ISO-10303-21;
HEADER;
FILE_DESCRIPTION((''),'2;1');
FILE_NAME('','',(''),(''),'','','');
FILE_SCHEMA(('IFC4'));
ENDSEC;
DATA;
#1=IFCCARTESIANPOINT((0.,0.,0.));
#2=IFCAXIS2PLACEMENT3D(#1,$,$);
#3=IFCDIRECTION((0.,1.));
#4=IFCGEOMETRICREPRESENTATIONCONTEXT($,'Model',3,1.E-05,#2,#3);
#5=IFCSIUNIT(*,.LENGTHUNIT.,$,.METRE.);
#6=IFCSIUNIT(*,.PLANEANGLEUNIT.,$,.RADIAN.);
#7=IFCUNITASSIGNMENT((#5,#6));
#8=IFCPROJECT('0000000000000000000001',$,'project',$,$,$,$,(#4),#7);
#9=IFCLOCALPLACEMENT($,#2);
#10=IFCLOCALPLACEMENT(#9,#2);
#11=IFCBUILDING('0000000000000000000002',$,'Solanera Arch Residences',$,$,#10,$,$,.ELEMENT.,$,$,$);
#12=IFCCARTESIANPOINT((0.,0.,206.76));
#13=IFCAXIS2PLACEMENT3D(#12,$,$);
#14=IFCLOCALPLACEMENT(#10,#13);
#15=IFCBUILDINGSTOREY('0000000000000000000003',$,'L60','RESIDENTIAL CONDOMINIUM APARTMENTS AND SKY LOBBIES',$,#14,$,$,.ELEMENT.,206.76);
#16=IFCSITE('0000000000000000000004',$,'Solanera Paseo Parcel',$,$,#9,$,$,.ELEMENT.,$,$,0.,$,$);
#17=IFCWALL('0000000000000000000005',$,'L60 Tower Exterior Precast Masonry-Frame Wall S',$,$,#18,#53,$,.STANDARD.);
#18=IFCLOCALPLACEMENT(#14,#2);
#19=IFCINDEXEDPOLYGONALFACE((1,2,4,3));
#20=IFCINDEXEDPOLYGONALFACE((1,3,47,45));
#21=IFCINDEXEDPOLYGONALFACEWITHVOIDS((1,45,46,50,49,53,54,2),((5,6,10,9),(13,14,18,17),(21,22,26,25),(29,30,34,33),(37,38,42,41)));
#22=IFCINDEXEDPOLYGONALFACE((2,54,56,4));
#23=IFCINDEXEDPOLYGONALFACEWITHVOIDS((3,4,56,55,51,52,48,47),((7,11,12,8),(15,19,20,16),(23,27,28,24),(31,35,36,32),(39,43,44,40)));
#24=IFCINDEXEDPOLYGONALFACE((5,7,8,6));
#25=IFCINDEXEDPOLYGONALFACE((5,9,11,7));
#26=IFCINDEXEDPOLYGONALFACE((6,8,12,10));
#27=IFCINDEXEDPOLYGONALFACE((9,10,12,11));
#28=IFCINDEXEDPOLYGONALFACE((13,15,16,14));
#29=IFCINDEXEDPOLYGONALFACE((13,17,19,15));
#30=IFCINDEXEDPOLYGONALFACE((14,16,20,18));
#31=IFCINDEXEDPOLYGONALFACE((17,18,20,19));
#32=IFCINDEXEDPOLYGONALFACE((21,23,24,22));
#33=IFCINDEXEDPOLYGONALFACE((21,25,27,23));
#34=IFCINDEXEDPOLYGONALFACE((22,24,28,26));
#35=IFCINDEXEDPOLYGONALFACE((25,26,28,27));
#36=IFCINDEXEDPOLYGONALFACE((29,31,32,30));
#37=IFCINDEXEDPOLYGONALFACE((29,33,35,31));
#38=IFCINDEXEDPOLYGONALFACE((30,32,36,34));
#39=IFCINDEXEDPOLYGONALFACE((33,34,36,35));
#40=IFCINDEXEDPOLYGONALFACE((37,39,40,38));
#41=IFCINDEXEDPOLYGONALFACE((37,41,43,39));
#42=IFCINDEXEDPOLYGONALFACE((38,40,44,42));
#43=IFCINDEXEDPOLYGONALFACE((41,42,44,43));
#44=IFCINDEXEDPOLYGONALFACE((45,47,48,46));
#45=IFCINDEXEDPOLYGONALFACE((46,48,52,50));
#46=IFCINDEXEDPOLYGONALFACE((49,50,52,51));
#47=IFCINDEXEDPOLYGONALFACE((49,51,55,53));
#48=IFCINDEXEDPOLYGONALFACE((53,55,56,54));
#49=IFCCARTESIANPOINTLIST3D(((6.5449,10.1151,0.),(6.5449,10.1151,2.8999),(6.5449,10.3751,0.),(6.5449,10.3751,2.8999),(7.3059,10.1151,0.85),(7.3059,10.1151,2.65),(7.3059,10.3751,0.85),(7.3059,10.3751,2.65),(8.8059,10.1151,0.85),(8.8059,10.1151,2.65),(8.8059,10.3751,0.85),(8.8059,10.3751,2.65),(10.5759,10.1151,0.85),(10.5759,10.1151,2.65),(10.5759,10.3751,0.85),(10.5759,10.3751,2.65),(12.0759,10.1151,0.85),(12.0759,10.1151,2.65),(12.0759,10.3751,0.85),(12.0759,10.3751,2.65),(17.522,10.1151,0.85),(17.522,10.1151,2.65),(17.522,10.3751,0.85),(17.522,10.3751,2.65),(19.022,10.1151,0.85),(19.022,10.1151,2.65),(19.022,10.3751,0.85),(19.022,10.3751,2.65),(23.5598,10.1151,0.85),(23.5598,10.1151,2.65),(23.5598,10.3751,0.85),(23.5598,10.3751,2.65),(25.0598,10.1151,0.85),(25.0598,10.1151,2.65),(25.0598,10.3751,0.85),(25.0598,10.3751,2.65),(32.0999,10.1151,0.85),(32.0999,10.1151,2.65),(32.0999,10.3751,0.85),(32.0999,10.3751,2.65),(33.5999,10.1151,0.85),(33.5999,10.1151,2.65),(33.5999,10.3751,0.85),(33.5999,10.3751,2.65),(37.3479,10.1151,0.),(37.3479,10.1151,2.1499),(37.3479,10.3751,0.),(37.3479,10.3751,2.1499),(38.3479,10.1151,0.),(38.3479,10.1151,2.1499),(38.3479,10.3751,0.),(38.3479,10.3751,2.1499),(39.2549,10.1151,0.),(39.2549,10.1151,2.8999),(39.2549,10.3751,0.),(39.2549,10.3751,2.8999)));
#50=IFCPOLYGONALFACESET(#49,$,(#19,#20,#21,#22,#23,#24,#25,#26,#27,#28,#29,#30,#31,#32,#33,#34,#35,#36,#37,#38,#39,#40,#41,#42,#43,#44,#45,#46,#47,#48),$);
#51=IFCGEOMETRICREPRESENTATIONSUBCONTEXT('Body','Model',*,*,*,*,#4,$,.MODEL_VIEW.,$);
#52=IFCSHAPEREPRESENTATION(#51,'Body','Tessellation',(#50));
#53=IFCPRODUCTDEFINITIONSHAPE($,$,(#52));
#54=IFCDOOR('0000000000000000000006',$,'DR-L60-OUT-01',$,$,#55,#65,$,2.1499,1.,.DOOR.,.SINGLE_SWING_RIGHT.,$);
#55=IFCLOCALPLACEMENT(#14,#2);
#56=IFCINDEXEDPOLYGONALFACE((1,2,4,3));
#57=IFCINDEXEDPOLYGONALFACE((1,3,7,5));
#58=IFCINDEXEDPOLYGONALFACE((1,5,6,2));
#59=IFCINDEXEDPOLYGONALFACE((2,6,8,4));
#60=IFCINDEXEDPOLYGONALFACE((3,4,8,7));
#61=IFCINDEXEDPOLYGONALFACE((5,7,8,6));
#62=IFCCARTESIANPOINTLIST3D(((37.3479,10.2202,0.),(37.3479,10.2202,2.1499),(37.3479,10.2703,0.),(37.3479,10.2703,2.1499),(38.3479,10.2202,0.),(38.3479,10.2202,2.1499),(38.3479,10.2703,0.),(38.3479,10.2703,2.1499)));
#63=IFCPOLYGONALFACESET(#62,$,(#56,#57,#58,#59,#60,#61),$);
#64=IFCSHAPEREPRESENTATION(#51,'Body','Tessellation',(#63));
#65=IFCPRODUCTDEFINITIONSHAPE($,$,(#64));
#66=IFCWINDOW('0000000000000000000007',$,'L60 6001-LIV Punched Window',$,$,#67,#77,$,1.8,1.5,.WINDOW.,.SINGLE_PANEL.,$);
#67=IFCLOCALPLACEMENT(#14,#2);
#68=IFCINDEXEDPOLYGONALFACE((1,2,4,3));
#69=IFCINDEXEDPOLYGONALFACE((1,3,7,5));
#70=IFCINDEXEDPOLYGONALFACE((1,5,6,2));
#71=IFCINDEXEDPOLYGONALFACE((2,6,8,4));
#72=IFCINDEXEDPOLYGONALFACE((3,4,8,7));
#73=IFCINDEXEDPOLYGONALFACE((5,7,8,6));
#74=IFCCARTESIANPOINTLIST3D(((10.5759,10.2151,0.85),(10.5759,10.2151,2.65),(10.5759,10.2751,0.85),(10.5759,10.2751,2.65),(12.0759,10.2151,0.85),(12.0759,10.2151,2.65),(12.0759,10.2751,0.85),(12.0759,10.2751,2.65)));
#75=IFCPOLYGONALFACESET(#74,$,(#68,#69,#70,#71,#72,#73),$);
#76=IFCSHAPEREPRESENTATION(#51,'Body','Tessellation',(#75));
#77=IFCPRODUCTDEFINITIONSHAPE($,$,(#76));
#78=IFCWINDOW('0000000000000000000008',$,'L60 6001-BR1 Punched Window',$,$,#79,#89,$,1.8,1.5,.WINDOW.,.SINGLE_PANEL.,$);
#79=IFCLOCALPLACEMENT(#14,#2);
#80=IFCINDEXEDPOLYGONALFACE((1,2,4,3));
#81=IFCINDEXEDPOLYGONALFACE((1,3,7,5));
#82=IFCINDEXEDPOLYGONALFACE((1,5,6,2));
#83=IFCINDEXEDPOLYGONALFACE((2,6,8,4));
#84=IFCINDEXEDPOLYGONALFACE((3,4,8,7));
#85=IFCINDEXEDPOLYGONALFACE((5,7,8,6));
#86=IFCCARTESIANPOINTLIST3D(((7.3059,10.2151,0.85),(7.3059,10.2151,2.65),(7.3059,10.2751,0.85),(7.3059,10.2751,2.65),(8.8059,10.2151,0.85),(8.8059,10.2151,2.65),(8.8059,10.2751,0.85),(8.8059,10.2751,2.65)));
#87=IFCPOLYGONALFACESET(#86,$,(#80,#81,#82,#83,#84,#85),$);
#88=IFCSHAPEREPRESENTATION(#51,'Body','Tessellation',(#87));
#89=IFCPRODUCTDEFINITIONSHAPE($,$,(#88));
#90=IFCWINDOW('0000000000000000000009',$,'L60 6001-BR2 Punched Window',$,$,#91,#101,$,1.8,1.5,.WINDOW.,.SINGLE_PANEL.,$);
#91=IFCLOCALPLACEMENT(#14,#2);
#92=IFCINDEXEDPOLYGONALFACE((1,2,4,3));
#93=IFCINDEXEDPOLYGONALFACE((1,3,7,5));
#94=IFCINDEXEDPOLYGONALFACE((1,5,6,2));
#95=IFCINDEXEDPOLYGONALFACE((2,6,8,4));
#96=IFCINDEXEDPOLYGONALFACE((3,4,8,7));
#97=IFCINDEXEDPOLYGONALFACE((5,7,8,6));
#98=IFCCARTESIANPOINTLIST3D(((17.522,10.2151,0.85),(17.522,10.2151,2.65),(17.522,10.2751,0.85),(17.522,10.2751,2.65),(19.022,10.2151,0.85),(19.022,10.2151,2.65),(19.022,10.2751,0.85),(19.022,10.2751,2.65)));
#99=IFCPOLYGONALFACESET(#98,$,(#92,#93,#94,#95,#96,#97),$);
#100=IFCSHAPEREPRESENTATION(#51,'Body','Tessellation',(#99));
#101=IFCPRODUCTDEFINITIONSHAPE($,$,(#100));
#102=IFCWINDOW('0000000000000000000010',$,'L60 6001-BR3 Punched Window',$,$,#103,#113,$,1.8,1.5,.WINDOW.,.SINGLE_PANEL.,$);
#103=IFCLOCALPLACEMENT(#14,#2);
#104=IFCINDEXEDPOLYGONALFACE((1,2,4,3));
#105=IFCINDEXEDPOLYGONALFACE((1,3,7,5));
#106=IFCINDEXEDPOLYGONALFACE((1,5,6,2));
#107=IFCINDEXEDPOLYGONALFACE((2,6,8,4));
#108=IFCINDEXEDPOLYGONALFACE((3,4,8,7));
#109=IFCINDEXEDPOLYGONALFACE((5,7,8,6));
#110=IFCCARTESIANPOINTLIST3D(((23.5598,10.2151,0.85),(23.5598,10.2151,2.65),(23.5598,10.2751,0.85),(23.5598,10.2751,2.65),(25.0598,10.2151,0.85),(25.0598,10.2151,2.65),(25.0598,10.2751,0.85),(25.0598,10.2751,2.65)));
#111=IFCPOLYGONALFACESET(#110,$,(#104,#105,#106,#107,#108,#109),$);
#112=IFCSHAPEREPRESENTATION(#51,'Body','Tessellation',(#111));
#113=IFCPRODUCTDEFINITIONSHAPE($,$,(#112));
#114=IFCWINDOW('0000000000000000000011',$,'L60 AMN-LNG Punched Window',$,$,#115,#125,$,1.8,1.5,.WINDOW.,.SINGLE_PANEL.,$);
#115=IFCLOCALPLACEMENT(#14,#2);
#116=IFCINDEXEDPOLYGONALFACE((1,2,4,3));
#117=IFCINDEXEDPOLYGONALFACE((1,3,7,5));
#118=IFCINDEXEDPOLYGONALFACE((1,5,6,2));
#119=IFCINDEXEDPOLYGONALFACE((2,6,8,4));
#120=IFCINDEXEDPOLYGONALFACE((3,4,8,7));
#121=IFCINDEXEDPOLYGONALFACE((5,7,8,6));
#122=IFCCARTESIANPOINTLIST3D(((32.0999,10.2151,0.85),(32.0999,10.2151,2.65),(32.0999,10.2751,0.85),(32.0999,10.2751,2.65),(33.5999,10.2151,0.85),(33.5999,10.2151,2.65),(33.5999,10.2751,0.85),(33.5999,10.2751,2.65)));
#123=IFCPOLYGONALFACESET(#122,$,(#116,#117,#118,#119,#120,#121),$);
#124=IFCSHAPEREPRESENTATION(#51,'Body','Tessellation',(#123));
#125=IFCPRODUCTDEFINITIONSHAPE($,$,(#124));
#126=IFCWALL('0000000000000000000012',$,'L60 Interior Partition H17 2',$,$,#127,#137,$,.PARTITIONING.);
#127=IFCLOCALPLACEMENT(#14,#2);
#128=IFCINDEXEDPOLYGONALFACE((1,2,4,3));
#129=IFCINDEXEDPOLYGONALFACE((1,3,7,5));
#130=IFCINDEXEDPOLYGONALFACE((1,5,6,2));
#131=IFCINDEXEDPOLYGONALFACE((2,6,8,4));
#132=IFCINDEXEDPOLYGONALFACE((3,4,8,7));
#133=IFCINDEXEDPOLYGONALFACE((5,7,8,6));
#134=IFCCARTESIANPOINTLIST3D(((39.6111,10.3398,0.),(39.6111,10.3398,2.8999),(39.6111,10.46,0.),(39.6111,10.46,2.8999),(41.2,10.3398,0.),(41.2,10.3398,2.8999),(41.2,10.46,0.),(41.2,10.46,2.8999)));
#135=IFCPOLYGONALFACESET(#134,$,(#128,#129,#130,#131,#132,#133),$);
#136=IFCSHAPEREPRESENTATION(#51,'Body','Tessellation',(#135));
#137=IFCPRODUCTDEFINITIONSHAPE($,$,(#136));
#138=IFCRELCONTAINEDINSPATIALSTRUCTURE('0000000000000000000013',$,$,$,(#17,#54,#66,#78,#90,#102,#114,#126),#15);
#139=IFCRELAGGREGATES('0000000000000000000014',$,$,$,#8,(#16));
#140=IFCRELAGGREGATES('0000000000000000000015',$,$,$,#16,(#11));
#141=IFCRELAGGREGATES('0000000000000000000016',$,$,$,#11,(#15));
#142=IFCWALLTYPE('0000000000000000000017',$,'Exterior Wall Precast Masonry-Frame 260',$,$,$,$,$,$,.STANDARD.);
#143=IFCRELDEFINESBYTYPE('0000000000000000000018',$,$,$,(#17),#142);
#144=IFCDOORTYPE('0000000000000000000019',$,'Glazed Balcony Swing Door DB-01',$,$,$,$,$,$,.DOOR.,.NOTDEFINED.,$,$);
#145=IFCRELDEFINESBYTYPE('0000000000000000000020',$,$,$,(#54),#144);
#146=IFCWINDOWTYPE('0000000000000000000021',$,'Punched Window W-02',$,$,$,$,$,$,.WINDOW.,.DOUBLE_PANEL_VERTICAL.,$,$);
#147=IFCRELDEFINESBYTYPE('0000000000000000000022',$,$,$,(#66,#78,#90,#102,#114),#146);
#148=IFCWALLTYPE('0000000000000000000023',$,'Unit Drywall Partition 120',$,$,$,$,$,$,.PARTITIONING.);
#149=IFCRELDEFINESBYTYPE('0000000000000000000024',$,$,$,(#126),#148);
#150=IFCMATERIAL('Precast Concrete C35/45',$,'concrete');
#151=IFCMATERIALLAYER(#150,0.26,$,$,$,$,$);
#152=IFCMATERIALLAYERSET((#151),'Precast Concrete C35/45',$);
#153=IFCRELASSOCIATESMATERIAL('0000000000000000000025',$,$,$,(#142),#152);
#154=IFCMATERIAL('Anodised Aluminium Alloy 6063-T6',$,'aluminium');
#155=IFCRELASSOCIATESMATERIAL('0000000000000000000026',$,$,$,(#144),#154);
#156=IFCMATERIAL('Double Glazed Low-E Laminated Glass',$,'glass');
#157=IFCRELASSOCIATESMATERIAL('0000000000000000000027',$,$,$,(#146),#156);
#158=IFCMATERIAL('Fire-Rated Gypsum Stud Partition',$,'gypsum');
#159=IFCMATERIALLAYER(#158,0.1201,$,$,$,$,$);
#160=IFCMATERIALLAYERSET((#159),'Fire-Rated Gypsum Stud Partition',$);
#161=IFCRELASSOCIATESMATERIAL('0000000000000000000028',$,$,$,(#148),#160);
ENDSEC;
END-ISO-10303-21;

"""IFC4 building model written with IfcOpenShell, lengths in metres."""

from ifc_helpers import new_model, si_unit, direction, frame, frame_2d, origin, place, context, subcontext, project, spatial, rectangle, extrude, material, layer, layer_set, type_object, element, fill, save


model = new_model("IFC4")

# Units and contexts
model_context = context("Model", 3, precision=1e-05, world=origin(), true_north=direction((0.0, 1.0)))
body_context = subcontext(model_context, "Body", "Model", "MODEL_VIEW")
ifc_project = project(units=[si_unit("LENGTHUNIT", "METRE"), si_unit("PLANEANGLEUNIT", "RADIAN")], contexts=[model_context])

# Site, building, storey
site_placement = place(None, origin())
site = spatial("IfcSite", under=ifc_project, at=site_placement, Name="Solanera Paseo Parcel", CompositionType="ELEMENT", RefElevation=0.0)
building_placement = place(site_placement, origin())
building = spatial("IfcBuilding", under=site, at=building_placement, Name="Solanera Arch Residences", CompositionType="ELEMENT")
storey_placement = place(building_placement, frame((0.0, 0.0, 206.76)))
storey = spatial("IfcBuildingStorey", under=building, at=storey_placement, Name="L60", Description="RESIDENTIAL CONDOMINIUM APARTMENTS AND SKY LOBBIES", CompositionType="ELEMENT", Elevation=206.76)

# Shared definitions
ifc_material_1 = material(Name="Precast Concrete C35/45", Category="concrete")
ifc_layer_1 = layer(ifc_material_1, 0.26)
ifc_layer_set_1 = layer_set([ifc_layer_1], Name="Precast Concrete C35/45")
wall_type_1 = type_object("IfcWallType", Name="Exterior Wall Precast Masonry-Frame 260", PredefinedType="STANDARD", material=ifc_layer_set_1)

# Wall, openings, door, windows
wall_1_placement = place(storey_placement, frame((39.2549, 10.2451, 0.0), z_axis=(0.0, 0.0, 1.0), x_axis=(-1.0, 0.0, 0.0)))
wall_1 = element("IfcWall", 1, at=wall_1_placement, inside=storey, type_object=wall_type_1, Name="L60 Tower Exterior Precast Masonry-Frame Wall S", PredefinedType="STANDARD", context=body_context, shape_type="SweptSolid", body=[
    extrude(rectangle(XDim=32.71, YDim=0.26, at=frame_2d((16.355, 0.0))), origin(), (0.0, 0.0, 1.0), 2.8999),
])
opening_1_placement = place(wall_1_placement, frame((0.907, 0.0, 0.0)))
opening_1 = element("IfcOpeningElement", 2, at=opening_1_placement, cuts=wall_1, PredefinedType="OPENING", context=body_context, shape_type="SweptSolid", body=[
    extrude(rectangle(XDim=1.0, YDim=2.1499, at=frame_2d((0.5, 1.075))), frame((0.0, 0.1399, 0.0), z_axis=(0.0, -1.0, 0.0), x_axis=(1.0, 0.0, 0.0)), (0.0, 0.0, 1.0), 0.28),
])
opening_2_placement = place(wall_1_placement, frame((27.179, 0.0, 0.8501)))
opening_2 = element("IfcOpeningElement", 3, at=opening_2_placement, cuts=wall_1, PredefinedType="OPENING", context=body_context, shape_type="SweptSolid", body=[
    extrude(rectangle(XDim=1.5, YDim=1.8, at=frame_2d((0.75, 0.8999))), frame((0.0, 0.1399, 0.0), z_axis=(0.0, -1.0, 0.0), x_axis=(1.0, 0.0, 0.0)), (0.0, 0.0, 1.0), 0.28),
])
opening_3_placement = place(wall_1_placement, frame((30.449, 0.0, 0.8501)))
opening_3 = element("IfcOpeningElement", 4, at=opening_3_placement, cuts=wall_1, PredefinedType="OPENING", context=body_context, shape_type="SweptSolid", body=[
    extrude(rectangle(XDim=1.5, YDim=1.8, at=frame_2d((0.75, 0.8999))), frame((0.0, 0.1399, 0.0), z_axis=(0.0, -1.0, 0.0), x_axis=(1.0, 0.0, 0.0)), (0.0, 0.0, 1.0), 0.28),
])
opening_4_placement = place(wall_1_placement, frame((20.2329, 0.0, 0.8501)))
opening_4 = element("IfcOpeningElement", 5, at=opening_4_placement, cuts=wall_1, PredefinedType="OPENING", context=body_context, shape_type="SweptSolid", body=[
    extrude(rectangle(XDim=1.5, YDim=1.8, at=frame_2d((0.75, 0.8999))), frame((0.0, 0.1399, 0.0), z_axis=(0.0, -1.0, 0.0), x_axis=(1.0, 0.0, 0.0)), (0.0, 0.0, 1.0), 0.28),
])
opening_5_placement = place(wall_1_placement, frame((14.1951, 0.0, 0.8501)))
opening_5 = element("IfcOpeningElement", 6, at=opening_5_placement, cuts=wall_1, PredefinedType="OPENING", context=body_context, shape_type="SweptSolid", body=[
    extrude(rectangle(XDim=1.5, YDim=1.8, at=frame_2d((0.75, 0.8999))), frame((0.0, 0.1399, 0.0), z_axis=(0.0, -1.0, 0.0), x_axis=(1.0, 0.0, 0.0)), (0.0, 0.0, 1.0), 0.28),
])
opening_6_placement = place(wall_1_placement, frame((5.655, 0.0, 0.8501)))
opening_6 = element("IfcOpeningElement", 7, at=opening_6_placement, cuts=wall_1, PredefinedType="OPENING", context=body_context, shape_type="SweptSolid", body=[
    extrude(rectangle(XDim=1.5, YDim=1.8, at=frame_2d((0.75, 0.8999))), frame((0.0, 0.1399, 0.0), z_axis=(0.0, -1.0, 0.0), x_axis=(1.0, 0.0, 0.0)), (0.0, 0.0, 1.0), 0.28),
])
ifc_material_2 = material(Name="Anodised Aluminium Alloy 6063-T6", Category="aluminium")
door_type = type_object("IfcDoorType", Name="Glazed Balcony Swing Door DB-01", OperationType="NOTDEFINED", PredefinedType="DOOR", material=ifc_material_2)
door_placement = place(opening_1_placement, origin())
door = element("IfcDoor", 8, at=door_placement, inside=storey, type_object=door_type, Name="DR-L60-OUT-01", OperationType="SINGLE_SWING_RIGHT", OverallHeight=2.1499, OverallWidth=1.0, PredefinedType="DOOR", context=body_context, shape_type="SweptSolid", body=[
    extrude(rectangle(XDim=1.0, YDim=2.1499, at=frame_2d((0.5, 1.075))), frame((0.0, 0.0249, 0.0), z_axis=(0.0, -1.0, 0.0), x_axis=(1.0, 0.0, 0.0)), (0.0, 0.0, 1.0), 0.05),
])
fill(opening_1, door)
ifc_material_3 = material(Name="Double Glazed Low-E Laminated Glass", Category="glass")
window_type = type_object("IfcWindowType", Name="Punched Window W-02", PartitioningType="DOUBLE_PANEL_VERTICAL", PredefinedType="WINDOW", material=ifc_material_3)
window_1_placement = place(opening_2_placement, origin())
window_1 = element("IfcWindow", 9, at=window_1_placement, inside=storey, type_object=window_type, Name="L60 6001-LIV Punched Window", OverallHeight=1.8, OverallWidth=1.5, PartitioningType="SINGLE_PANEL", PredefinedType="WINDOW", context=body_context, shape_type="SweptSolid", body=[
    extrude(rectangle(XDim=1.5, YDim=1.8, at=frame_2d((0.75, 0.8999))), frame((0.0, 0.03, 0.0), z_axis=(0.0, -1.0, 0.0), x_axis=(1.0, 0.0, 0.0)), (0.0, 0.0, 1.0), 0.0601),
])
fill(opening_2, window_1)
window_2_placement = place(opening_3_placement, origin())
window_2 = element("IfcWindow", 10, at=window_2_placement, inside=storey, type_object=window_type, Name="L60 6001-BR1 Punched Window", OverallHeight=1.8, OverallWidth=1.5, PartitioningType="SINGLE_PANEL", PredefinedType="WINDOW", context=body_context, shape_type="SweptSolid", body=[
    extrude(rectangle(XDim=1.5, YDim=1.8, at=frame_2d((0.75, 0.8999))), frame((0.0, 0.03, 0.0), z_axis=(0.0, -1.0, 0.0), x_axis=(1.0, 0.0, 0.0)), (0.0, 0.0, 1.0), 0.0601),
])
fill(opening_3, window_2)
window_3_placement = place(opening_4_placement, origin())
window_3 = element("IfcWindow", 11, at=window_3_placement, inside=storey, type_object=window_type, Name="L60 6001-BR2 Punched Window", OverallHeight=1.8, OverallWidth=1.5, PartitioningType="SINGLE_PANEL", PredefinedType="WINDOW", context=body_context, shape_type="SweptSolid", body=[
    extrude(rectangle(XDim=1.5, YDim=1.8, at=frame_2d((0.75, 0.8999))), frame((0.0, 0.03, 0.0), z_axis=(0.0, -1.0, 0.0), x_axis=(1.0, 0.0, 0.0)), (0.0, 0.0, 1.0), 0.0601),
])
fill(opening_4, window_3)
window_4_placement = place(opening_5_placement, origin())
window_4 = element("IfcWindow", 12, at=window_4_placement, inside=storey, type_object=window_type, Name="L60 6001-BR3 Punched Window", OverallHeight=1.8, OverallWidth=1.5, PartitioningType="SINGLE_PANEL", PredefinedType="WINDOW", context=body_context, shape_type="SweptSolid", body=[
    extrude(rectangle(XDim=1.5, YDim=1.8, at=frame_2d((0.75, 0.8999))), frame((0.0, 0.03, 0.0), z_axis=(0.0, -1.0, 0.0), x_axis=(1.0, 0.0, 0.0)), (0.0, 0.0, 1.0), 0.0601),
])
fill(opening_5, window_4)
window_5_placement = place(opening_6_placement, origin())
window_5 = element("IfcWindow", 13, at=window_5_placement, inside=storey, type_object=window_type, Name="L60 AMN-LNG Punched Window", OverallHeight=1.8, OverallWidth=1.5, PartitioningType="SINGLE_PANEL", PredefinedType="WINDOW", context=body_context, shape_type="SweptSolid", body=[
    extrude(rectangle(XDim=1.5, YDim=1.8, at=frame_2d((0.75, 0.8999))), frame((0.0, 0.03, 0.0), z_axis=(0.0, -1.0, 0.0), x_axis=(1.0, 0.0, 0.0)), (0.0, 0.0, 1.0), 0.0601),
])
fill(opening_6, window_5)

# Wall
ifc_material_4 = material(Name="Fire-Rated Gypsum Stud Partition", Category="gypsum")
ifc_layer_2 = layer(ifc_material_4, 0.1201)
ifc_layer_set_2 = layer_set([ifc_layer_2], Name="Fire-Rated Gypsum Stud Partition")
wall_type_2 = type_object("IfcWallType", Name="Unit Drywall Partition 120", PredefinedType="PARTITIONING", material=ifc_layer_set_2)
wall_2_placement = place(storey_placement, frame((39.6111, 10.3999, 0.0), z_axis=(0.0, 0.0, 1.0), x_axis=(1.0, 0.0, 0.0)))
element("IfcWall", 14, at=wall_2_placement, inside=storey, type_object=wall_type_2, Name="L60 Interior Partition H17 2", PredefinedType="PARTITIONING", context=body_context, shape_type="SweptSolid", body=[
    extrude(rectangle(XDim=1.5889, YDim=0.1201, at=frame_2d((0.7944, 0.0))), origin(), (0.0, 0.0, 1.0), 2.8999),
])

save(model, "model.ifc")
